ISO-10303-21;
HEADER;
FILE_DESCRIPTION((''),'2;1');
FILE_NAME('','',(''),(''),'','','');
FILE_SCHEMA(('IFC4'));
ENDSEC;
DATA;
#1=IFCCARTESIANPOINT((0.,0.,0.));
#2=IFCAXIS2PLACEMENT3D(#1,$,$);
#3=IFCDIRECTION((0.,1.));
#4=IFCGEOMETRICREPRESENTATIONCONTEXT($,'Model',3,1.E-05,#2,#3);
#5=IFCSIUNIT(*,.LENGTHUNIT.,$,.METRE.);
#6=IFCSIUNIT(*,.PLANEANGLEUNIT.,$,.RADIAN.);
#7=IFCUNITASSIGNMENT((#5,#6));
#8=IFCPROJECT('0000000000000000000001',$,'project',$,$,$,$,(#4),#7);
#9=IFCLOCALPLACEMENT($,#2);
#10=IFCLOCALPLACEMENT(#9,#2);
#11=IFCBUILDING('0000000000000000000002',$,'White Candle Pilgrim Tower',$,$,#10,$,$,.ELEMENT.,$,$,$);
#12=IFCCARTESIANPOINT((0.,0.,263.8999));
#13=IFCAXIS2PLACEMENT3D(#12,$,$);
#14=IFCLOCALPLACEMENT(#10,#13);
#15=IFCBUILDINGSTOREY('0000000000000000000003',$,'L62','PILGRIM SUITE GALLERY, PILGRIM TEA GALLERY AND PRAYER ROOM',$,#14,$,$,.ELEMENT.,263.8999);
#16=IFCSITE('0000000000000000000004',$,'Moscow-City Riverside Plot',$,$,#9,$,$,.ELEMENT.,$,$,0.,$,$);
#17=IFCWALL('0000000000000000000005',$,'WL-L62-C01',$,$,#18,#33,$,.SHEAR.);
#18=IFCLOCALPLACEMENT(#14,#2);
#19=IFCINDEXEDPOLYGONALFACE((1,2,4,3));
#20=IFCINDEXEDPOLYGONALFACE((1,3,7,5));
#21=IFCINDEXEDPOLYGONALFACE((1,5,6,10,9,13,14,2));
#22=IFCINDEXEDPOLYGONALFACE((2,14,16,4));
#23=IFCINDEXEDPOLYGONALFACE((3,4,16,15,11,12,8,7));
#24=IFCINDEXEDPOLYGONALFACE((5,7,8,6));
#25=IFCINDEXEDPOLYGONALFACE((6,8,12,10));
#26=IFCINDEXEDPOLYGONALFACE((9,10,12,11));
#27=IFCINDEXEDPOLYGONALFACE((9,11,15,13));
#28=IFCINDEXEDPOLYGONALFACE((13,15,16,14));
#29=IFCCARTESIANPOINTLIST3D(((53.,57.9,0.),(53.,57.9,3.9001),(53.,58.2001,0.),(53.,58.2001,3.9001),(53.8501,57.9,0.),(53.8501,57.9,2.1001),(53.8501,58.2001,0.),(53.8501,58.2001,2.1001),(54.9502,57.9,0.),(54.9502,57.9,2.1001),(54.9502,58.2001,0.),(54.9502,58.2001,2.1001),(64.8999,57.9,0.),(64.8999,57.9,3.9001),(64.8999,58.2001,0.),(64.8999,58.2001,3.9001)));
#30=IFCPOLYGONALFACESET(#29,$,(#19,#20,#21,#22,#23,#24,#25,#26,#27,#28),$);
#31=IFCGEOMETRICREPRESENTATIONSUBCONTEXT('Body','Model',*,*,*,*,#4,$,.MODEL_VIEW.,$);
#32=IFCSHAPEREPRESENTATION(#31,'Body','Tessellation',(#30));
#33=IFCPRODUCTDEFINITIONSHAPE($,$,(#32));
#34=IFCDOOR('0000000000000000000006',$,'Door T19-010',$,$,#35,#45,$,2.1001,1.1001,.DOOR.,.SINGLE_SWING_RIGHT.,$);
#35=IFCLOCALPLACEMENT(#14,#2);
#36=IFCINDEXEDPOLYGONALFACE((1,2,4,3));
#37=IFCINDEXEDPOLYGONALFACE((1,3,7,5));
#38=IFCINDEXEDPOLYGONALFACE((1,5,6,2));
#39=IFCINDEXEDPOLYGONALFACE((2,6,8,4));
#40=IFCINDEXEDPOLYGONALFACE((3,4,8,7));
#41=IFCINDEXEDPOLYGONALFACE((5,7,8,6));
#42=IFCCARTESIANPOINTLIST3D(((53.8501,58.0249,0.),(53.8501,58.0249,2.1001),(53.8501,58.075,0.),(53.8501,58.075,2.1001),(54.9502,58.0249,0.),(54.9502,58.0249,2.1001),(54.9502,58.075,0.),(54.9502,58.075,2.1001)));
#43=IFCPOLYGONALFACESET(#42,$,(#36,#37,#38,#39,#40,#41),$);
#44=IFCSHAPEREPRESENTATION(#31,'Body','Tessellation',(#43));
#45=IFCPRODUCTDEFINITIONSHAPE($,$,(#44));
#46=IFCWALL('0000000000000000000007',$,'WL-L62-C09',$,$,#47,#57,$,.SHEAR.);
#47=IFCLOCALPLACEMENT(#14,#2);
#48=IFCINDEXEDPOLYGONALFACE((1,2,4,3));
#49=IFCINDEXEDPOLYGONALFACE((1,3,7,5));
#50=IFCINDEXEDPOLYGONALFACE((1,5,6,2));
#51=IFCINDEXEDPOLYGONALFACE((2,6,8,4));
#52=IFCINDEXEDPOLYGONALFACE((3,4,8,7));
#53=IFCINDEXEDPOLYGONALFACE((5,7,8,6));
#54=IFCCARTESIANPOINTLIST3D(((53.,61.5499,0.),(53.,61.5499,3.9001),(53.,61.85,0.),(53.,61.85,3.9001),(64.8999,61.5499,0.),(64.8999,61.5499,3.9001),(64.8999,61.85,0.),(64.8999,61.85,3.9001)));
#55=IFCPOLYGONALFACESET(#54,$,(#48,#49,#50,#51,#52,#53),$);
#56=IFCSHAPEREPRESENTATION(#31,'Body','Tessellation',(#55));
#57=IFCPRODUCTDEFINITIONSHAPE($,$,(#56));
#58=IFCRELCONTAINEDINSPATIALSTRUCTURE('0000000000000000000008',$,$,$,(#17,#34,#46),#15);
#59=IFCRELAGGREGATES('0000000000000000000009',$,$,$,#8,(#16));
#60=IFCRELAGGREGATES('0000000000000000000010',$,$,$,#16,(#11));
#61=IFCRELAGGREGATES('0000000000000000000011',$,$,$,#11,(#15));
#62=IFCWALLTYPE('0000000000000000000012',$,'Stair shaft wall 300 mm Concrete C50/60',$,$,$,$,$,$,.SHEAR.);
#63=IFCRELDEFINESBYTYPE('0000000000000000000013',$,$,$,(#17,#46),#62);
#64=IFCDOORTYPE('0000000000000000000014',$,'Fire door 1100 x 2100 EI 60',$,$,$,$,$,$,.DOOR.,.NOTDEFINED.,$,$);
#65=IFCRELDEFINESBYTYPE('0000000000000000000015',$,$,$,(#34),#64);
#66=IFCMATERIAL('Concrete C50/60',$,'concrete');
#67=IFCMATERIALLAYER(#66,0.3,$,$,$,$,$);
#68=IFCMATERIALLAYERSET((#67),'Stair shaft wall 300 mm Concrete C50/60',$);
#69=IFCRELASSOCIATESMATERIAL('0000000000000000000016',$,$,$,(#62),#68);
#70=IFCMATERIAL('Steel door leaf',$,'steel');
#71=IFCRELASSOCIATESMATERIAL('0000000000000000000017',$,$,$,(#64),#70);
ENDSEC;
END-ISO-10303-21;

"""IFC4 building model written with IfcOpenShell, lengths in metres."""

from ifc_helpers import new_model, si_unit, direction, frame, frame_2d, origin, place, context, subcontext, project, spatial, rectangle, extrude, material, layer, layer_set, type_object, element, fill, save


model = new_model("IFC4")

# Units and contexts
model_context = context("Model", 3, precision=1e-05, world=origin(), true_north=direction((0.0, 1.0)))
body_context = subcontext(model_context, "Body", "Model", "MODEL_VIEW")
ifc_project = project(units=[si_unit("LENGTHUNIT", "METRE"), si_unit("PLANEANGLEUNIT", "RADIAN")], contexts=[model_context])

# Site, building, storey
site_placement = place(None, origin())
site = spatial("IfcSite", under=ifc_project, at=site_placement, Name="Moscow-City Riverside Plot", CompositionType="ELEMENT", RefElevation=0.0)
building_placement = place(site_placement, origin())
building = spatial("IfcBuilding", under=site, at=building_placement, Name="White Candle Pilgrim Tower", CompositionType="ELEMENT")
storey_placement = place(building_placement, frame((0.0, 0.0, 263.8999)))
storey = spatial("IfcBuildingStorey", under=building, at=storey_placement, Name="L62", Description="PILGRIM SUITE GALLERY, PILGRIM TEA GALLERY AND PRAYER ROOM", CompositionType="ELEMENT", Elevation=263.8999)

# Shared definitions
ifc_material_1 = material(Name="Concrete C50/60", Category="concrete")

# Shared definitions
ifc_material_2 = material(Name="Steel door leaf", Category="steel")

# Wall, opening, door
ifc_layer_1 = layer(ifc_material_1, 0.3)
ifc_layer_set_1 = layer_set([ifc_layer_1], Name="Stair shaft wall 300 mm Concrete C50/60")
wall_type_1 = type_object("IfcWallType", Name="Stair shaft wall 300 mm Concrete C50/60", PredefinedType="SHEAR", material=ifc_layer_set_1)
wall_1_placement = place(storey_placement, frame((53.0, 58.05, 0.0), z_axis=(0.0, 0.0, 1.0), x_axis=(1.0, 0.0, 0.0)))
wall_1 = element("IfcWall", 1, at=wall_1_placement, inside=storey, type_object=wall_type_1, Name="WL-L62-C01", PredefinedType="SHEAR", context=body_context, shape_type="SweptSolid", body=[
    extrude(rectangle(XDim=11.8999, YDim=0.3, at=frame_2d((5.95, 0.0))), origin(), (0.0, 0.0, 1.0), 3.9001),
])
opening_1_placement = place(wall_1_placement, frame((0.8501, 0.0, 0.0)))
opening_1 = element("IfcOpeningElement", 2, at=opening_1_placement, cuts=wall_1, PredefinedType="OPENING", context=body_context, shape_type="SweptSolid", body=[
    extrude(rectangle(XDim=1.1001, YDim=2.1001, at=frame_2d((0.55, 1.05))), frame((0.0, 0.1599, 0.0), z_axis=(0.0, -1.0, 0.0), x_axis=(1.0, 0.0, 0.0)), (0.0, 0.0, 1.0), 0.3201),
])
door_type_1 = type_object("IfcDoorType", Name="Fire door 1100 x 2100 EI 60", OperationType="NOTDEFINED", PredefinedType="DOOR", material=ifc_material_2)
door_1_placement = place(opening_1_placement, origin())
door_1 = element("IfcDoor", 3, at=door_1_placement, inside=storey, type_object=door_type_1, Name="Door T19-010", OperationType="SINGLE_SWING_RIGHT", OverallHeight=2.1001, OverallWidth=1.1001, PredefinedType="DOOR", context=body_context, shape_type="SweptSolid", body=[
    extrude(rectangle(XDim=1.1001, YDim=2.1001, at=frame_2d((0.55, 1.05))), frame((0.0, 0.0249, 0.0), z_axis=(0.0, -1.0, 0.0), x_axis=(1.0, 0.0, 0.0)), (0.0, 0.0, 1.0), 0.05),
])
fill(opening_1, door_1)

# Wall
wall_2_placement = place(storey_placement, frame((53.0, 61.7, 0.0), z_axis=(0.0, 0.0, 1.0), x_axis=(1.0, 0.0, 0.0)))
element("IfcWall", 4, at=wall_2_placement, inside=storey, type_object=wall_type_1, Name="WL-L62-C09", PredefinedType="SHEAR", context=body_context, shape_type="SweptSolid", body=[
    extrude(rectangle(XDim=11.8999, YDim=0.3, at=frame_2d((5.95, 0.0))), origin(), (0.0, 0.0, 1.0), 3.9001),
])

save(model, "model.ifc")
